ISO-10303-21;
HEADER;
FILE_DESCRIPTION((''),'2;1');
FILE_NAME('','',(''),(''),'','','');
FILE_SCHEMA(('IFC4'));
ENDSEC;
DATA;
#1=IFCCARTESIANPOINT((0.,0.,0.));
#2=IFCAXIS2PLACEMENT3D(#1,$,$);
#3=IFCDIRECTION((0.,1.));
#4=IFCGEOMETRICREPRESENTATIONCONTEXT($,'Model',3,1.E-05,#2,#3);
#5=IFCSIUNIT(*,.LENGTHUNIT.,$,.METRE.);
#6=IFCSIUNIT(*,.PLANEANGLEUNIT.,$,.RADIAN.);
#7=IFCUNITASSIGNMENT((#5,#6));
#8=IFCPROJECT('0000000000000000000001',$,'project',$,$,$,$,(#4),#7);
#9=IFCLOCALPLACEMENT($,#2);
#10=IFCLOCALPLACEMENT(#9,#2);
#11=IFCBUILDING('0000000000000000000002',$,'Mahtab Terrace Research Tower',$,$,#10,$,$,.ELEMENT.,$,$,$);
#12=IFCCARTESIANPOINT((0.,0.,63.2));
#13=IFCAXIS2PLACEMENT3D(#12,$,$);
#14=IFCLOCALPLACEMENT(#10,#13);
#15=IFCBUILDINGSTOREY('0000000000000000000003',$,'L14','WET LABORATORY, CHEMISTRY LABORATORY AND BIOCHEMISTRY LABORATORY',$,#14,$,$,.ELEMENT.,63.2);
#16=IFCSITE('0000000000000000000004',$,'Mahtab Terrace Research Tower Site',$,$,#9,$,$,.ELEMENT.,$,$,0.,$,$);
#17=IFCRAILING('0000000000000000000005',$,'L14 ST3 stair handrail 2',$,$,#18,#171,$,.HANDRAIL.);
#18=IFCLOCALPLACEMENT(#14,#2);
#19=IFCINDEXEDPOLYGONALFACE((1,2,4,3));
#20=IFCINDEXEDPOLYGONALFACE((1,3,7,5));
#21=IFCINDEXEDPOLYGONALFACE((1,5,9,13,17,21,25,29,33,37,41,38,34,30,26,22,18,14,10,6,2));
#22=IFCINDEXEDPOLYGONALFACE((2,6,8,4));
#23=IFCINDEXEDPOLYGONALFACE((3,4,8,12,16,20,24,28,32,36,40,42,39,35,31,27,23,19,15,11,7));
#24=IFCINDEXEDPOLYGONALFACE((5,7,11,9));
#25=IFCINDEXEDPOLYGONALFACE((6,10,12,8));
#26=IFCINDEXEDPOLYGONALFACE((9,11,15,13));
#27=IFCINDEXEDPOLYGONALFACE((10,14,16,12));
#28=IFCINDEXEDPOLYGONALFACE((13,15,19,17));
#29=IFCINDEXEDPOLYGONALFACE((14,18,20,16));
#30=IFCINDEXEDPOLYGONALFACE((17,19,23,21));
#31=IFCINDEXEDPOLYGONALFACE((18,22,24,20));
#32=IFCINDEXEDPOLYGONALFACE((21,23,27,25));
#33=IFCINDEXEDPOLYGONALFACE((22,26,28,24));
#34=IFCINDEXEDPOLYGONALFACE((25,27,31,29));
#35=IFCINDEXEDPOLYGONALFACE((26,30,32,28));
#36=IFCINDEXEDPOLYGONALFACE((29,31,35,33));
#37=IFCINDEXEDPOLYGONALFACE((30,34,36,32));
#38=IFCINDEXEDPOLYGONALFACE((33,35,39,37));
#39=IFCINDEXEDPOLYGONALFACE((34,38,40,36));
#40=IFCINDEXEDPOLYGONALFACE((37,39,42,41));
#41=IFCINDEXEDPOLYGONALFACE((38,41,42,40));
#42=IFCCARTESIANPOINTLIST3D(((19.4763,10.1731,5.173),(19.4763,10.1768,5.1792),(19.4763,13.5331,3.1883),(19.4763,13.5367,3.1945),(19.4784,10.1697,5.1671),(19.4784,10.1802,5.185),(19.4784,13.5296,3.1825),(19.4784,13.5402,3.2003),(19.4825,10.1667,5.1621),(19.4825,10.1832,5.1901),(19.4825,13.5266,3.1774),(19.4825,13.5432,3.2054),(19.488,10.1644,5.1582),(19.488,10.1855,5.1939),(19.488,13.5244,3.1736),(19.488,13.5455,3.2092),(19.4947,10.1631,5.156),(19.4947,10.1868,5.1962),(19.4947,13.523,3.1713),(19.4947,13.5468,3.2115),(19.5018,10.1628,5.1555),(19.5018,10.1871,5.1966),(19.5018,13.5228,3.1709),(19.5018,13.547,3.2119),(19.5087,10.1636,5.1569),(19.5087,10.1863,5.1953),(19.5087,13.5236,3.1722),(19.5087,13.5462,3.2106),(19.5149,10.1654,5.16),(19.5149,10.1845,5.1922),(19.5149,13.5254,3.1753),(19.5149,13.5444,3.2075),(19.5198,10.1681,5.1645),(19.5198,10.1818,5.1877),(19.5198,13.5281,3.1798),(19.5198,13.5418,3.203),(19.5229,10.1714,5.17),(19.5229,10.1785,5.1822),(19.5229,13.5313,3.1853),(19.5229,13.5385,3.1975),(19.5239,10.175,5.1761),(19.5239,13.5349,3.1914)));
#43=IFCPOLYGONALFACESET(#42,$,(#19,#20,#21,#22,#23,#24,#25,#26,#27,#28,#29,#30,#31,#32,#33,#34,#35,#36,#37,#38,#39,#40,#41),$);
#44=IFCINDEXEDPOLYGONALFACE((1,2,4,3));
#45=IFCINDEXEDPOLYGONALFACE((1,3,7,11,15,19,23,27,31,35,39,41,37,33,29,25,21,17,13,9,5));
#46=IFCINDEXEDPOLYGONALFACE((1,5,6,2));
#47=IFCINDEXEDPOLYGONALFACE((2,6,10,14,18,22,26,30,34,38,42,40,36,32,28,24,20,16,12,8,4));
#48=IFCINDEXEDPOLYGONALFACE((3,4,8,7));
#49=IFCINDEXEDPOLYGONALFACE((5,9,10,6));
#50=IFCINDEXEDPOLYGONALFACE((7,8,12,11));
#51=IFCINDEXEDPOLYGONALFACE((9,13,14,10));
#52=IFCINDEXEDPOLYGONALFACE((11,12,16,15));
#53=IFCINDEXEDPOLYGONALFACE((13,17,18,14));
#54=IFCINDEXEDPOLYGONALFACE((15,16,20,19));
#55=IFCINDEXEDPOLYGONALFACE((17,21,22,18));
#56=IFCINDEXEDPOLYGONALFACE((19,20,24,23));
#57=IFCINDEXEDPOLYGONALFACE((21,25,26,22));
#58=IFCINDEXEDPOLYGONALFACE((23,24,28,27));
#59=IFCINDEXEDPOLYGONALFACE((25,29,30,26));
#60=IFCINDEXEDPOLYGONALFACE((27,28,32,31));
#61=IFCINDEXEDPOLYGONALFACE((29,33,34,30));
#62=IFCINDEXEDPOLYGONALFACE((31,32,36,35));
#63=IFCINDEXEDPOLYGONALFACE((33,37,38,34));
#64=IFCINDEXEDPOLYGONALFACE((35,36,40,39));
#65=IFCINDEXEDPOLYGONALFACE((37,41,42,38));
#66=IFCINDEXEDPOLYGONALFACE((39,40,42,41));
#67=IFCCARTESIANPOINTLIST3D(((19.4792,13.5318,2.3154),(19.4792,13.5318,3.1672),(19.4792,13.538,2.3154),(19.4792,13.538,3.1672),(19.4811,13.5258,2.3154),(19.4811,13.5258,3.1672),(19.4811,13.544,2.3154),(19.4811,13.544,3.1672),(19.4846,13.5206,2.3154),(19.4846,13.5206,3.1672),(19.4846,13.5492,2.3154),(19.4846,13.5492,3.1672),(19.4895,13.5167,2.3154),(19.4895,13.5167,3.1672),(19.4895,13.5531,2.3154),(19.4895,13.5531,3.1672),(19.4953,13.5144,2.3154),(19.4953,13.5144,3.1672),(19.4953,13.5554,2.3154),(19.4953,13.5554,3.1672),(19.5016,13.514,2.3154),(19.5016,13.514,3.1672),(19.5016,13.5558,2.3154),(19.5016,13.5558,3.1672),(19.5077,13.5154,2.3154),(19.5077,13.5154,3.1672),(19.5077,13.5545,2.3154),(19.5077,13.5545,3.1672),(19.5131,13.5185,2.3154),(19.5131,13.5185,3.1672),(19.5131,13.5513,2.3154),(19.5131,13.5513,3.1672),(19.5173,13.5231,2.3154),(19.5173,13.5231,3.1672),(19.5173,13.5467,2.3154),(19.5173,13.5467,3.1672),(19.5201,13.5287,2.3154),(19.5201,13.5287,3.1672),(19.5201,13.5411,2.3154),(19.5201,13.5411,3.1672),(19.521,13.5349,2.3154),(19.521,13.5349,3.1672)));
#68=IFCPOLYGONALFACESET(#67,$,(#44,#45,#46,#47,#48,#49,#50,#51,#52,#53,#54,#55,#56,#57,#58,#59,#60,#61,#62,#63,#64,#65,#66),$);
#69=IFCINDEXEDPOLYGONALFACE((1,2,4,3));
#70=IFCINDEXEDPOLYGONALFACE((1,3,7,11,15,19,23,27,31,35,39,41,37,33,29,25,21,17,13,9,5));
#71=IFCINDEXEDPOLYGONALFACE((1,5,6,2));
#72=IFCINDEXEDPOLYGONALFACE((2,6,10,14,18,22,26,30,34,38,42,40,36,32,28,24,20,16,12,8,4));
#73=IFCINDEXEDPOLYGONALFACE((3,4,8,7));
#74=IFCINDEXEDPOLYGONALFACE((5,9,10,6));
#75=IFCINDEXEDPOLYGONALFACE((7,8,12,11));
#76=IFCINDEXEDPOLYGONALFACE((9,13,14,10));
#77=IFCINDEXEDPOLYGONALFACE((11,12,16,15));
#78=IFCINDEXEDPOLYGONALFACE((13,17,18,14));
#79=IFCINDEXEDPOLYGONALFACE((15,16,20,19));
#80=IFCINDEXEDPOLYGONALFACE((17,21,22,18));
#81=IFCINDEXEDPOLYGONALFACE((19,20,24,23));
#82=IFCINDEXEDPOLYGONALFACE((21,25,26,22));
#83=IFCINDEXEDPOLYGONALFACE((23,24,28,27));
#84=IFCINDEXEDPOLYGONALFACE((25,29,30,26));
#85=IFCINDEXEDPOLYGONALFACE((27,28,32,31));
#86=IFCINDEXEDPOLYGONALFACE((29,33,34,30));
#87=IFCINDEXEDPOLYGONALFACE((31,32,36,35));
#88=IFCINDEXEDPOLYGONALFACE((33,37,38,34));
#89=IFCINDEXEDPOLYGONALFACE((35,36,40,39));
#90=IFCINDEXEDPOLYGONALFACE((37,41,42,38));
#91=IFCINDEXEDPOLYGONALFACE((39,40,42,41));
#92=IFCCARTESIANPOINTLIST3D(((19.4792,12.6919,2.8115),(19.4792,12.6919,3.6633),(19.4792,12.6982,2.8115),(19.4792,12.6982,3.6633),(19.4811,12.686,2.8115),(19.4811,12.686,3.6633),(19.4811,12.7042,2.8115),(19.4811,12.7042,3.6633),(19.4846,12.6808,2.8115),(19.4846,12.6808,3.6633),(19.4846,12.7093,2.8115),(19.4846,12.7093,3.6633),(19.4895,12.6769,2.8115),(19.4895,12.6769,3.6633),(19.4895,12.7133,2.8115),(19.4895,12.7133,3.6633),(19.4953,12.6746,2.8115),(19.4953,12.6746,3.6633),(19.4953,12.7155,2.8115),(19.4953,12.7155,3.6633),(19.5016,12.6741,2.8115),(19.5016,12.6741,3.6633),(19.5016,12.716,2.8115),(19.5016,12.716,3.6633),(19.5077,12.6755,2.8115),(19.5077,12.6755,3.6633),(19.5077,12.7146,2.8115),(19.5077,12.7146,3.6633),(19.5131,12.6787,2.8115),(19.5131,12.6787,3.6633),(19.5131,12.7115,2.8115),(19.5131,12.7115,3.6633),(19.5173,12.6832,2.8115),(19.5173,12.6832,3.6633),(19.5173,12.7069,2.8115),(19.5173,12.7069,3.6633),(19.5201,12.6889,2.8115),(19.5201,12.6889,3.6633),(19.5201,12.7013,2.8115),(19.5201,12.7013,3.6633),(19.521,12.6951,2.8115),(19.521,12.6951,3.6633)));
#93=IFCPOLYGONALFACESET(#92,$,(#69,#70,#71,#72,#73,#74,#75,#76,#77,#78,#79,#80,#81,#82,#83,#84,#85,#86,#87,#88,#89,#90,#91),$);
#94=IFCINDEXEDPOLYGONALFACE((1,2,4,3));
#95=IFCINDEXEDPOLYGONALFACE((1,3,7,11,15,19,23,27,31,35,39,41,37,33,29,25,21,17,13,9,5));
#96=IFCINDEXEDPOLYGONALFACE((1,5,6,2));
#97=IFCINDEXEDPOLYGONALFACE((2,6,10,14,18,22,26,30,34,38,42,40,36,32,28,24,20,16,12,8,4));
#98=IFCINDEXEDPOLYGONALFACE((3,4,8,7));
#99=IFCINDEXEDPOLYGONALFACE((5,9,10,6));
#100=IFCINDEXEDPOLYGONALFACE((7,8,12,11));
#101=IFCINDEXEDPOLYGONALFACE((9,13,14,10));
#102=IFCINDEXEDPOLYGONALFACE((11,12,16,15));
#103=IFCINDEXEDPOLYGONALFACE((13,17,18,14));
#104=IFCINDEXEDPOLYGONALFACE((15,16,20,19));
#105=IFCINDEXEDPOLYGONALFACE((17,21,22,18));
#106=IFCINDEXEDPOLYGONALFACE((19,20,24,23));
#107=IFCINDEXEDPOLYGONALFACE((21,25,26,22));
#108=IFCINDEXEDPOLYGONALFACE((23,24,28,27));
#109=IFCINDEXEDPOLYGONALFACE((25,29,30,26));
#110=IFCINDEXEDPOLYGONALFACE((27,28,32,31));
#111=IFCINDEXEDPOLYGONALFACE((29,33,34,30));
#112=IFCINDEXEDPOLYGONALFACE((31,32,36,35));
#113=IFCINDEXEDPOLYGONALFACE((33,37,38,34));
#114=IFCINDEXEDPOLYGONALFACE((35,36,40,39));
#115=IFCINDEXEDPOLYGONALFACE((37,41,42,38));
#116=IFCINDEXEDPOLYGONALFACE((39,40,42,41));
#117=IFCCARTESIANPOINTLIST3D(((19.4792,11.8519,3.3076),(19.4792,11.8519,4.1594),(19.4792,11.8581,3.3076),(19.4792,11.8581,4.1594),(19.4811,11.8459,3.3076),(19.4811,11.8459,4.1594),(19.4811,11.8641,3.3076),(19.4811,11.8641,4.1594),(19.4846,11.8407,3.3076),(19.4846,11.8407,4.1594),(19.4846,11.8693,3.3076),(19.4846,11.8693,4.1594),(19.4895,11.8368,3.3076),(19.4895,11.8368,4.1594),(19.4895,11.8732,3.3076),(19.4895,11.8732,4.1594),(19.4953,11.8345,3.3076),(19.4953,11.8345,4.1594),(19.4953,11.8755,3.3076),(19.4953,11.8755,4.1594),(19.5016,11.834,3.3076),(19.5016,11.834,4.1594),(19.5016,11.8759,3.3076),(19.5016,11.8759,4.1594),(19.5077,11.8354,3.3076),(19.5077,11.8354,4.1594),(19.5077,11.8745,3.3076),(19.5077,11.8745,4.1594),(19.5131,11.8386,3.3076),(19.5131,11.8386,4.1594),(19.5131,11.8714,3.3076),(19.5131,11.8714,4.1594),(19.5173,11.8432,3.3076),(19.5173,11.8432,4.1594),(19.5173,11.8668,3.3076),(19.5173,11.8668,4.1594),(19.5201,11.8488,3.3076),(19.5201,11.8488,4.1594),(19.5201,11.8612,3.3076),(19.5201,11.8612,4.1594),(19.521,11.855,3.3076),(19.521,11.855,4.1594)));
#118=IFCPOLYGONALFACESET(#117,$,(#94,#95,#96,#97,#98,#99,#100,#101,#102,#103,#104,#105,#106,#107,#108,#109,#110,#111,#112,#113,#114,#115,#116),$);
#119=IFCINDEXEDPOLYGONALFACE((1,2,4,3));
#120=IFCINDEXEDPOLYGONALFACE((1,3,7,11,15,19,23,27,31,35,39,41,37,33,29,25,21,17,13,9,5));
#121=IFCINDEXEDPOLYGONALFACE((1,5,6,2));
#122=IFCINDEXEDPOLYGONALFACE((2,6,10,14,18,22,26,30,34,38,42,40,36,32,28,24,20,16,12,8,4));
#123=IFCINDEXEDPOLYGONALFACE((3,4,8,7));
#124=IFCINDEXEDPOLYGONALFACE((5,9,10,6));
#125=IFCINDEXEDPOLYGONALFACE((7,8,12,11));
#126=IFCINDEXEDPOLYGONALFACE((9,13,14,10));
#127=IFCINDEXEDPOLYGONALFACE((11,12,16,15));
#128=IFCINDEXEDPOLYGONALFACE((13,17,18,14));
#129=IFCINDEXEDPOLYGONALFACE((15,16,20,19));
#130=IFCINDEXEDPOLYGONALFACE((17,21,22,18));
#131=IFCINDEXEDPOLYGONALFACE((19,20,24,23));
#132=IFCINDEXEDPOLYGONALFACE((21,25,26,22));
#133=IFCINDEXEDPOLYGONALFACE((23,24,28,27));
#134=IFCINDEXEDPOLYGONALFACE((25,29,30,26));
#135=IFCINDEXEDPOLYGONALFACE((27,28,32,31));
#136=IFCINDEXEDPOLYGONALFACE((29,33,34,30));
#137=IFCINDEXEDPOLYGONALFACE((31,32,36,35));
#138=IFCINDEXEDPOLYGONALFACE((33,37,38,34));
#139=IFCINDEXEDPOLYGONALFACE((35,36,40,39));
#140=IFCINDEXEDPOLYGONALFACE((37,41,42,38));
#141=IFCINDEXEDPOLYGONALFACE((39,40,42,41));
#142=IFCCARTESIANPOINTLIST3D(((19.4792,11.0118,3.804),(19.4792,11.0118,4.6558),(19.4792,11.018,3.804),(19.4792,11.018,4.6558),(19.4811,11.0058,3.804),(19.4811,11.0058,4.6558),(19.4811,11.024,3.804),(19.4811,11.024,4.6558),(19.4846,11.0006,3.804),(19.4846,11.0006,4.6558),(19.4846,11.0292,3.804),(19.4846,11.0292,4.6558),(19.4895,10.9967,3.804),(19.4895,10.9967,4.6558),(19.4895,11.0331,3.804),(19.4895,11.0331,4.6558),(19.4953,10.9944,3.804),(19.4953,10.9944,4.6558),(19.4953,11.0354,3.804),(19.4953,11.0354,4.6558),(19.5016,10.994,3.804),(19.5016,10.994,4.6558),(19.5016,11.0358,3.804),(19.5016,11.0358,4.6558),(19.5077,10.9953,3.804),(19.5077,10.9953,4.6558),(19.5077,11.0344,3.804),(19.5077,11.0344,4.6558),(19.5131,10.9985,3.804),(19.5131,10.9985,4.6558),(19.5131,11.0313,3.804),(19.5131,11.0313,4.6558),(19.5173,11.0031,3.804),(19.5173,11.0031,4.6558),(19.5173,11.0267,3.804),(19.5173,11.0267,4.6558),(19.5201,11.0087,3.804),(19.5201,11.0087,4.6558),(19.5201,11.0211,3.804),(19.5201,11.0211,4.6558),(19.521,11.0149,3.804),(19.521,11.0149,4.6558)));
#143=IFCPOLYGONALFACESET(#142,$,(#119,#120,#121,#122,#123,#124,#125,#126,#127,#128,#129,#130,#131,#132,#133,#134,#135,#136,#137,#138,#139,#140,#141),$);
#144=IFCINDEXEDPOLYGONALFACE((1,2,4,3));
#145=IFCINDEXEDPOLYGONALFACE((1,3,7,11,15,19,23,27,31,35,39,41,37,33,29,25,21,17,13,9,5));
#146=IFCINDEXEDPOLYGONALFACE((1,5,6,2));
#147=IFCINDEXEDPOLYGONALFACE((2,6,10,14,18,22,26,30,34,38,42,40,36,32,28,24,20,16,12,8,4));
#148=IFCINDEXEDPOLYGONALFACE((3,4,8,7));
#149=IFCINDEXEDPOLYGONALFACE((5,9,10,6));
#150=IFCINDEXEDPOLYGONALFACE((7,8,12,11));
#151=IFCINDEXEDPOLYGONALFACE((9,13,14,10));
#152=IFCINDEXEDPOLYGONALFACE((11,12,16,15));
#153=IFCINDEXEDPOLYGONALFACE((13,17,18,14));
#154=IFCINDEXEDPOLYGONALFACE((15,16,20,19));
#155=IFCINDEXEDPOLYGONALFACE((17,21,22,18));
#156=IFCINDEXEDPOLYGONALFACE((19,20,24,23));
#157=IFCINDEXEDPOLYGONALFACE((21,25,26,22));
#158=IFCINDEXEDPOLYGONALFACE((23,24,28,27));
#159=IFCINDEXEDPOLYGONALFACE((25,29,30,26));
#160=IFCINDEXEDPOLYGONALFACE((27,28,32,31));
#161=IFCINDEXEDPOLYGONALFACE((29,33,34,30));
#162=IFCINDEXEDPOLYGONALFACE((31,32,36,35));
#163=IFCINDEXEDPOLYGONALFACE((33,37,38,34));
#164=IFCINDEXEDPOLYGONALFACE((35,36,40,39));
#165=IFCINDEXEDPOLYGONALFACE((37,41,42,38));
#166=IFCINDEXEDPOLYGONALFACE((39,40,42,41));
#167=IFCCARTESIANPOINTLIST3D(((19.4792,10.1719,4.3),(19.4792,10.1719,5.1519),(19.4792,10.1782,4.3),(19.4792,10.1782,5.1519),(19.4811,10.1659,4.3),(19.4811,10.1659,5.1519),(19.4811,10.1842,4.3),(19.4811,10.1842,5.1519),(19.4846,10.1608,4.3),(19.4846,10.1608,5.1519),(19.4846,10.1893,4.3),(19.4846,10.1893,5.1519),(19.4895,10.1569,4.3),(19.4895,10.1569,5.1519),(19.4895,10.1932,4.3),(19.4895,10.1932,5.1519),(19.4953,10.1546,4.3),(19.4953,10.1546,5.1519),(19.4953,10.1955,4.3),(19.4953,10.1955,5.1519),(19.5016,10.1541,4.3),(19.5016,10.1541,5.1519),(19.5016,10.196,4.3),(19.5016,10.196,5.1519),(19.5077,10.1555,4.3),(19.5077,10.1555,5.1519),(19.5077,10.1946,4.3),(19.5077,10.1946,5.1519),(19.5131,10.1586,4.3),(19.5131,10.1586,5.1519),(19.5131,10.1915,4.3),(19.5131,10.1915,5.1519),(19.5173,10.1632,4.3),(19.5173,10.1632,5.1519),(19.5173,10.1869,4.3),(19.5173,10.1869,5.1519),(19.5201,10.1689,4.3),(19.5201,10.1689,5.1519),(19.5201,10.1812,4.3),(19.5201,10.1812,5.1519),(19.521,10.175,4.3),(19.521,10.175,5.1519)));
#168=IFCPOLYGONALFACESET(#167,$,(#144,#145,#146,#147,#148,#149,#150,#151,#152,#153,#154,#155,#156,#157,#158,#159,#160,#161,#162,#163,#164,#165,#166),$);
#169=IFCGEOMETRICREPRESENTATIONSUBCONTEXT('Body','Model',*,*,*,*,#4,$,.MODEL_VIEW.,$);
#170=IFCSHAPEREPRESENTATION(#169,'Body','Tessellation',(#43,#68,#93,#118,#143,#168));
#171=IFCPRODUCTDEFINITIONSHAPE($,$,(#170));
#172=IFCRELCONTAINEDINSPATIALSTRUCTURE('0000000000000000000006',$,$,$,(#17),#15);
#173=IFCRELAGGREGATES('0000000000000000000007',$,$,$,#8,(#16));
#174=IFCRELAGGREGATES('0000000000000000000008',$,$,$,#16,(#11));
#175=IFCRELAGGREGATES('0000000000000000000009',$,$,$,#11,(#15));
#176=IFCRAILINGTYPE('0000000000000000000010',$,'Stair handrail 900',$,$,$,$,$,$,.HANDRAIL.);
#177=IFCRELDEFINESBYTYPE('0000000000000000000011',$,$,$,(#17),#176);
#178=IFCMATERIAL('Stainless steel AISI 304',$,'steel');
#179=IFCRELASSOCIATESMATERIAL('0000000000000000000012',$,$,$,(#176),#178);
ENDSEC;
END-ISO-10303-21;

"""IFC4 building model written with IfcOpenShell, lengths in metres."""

from ifc_helpers import new_model, si_unit, direction, frame, origin, origin_2d, place, context, subcontext, project, spatial, circle, extrude, material, type_object, element, save


model = new_model("IFC4")

# Units and contexts
model_context = context("Model", 3, precision=1e-05, world=origin(), true_north=direction((0.0, 1.0)))
body_context = subcontext(model_context, "Body", "Model", "MODEL_VIEW")
ifc_project = project(units=[si_unit("LENGTHUNIT", "METRE"), si_unit("PLANEANGLEUNIT", "RADIAN")], contexts=[model_context])

# Site, building, storey
site_placement = place(None, origin())
site = spatial("IfcSite", under=ifc_project, at=site_placement, Name="Mahtab Terrace Research Tower Site", CompositionType="ELEMENT", RefElevation=0.0)
building_placement = place(site_placement, origin())
building = spatial("IfcBuilding", under=site, at=building_placement, Name="Mahtab Terrace Research Tower", CompositionType="ELEMENT")
storey_placement = place(building_placement, frame((0.0, 0.0, 63.2)))
storey = spatial("IfcBuildingStorey", under=building, at=storey_placement, Name="L14", Description="WET LABORATORY, CHEMISTRY LABORATORY AND BIOCHEMISTRY LABORATORY", CompositionType="ELEMENT", Elevation=63.2)

# Shared definitions
ifc_material_1 = material(Name="Stainless steel AISI 304", Category="steel")

# Railing
railing_type_1 = type_object("IfcRailingType", Name="Stair handrail 900", PredefinedType="HANDRAIL", material=ifc_material_1)
railing_1_placement = place(storey_placement, frame((19.5, 13.5349, 2.3154)))
element("IfcRailing", 1, at=railing_1_placement, inside=storey, type_object=railing_type_1, Name="L14 ST3 stair handrail 2", PredefinedType="HANDRAIL", context=body_context, shape_type="SweptSolid", body=[
    extrude(circle(Radius=0.0239, at=origin_2d()), frame((0.0, 0.0, 0.876), z_axis=(0.0, -0.861011, 0.508586), x_axis=(1.0, 0.0, 0.0)), (0.0, 0.0, 1.0), 3.9023),
    extrude(circle(Radius=0.021, at=origin_2d()), origin(), (0.0, 0.0, 1.0), 0.8518),
    extrude(circle(Radius=0.021, at=origin_2d()), frame((0.0, -0.8398, 0.4961)), (0.0, 0.0, 1.0), 0.8518),
    extrude(circle(Radius=0.021, at=origin_2d()), frame((0.0, -1.6799, 0.9922)), (0.0, 0.0, 1.0), 0.8518),
    extrude(circle(Radius=0.021, at=origin_2d()), frame((0.0, -2.52, 1.4885)), (0.0, 0.0, 1.0), 0.8518),
    extrude(circle(Radius=0.021, at=origin_2d()), frame((0.0, -3.3599, 1.9846)), (0.0, 0.0, 1.0), 0.8518),
])

save(model, "model.ifc")
